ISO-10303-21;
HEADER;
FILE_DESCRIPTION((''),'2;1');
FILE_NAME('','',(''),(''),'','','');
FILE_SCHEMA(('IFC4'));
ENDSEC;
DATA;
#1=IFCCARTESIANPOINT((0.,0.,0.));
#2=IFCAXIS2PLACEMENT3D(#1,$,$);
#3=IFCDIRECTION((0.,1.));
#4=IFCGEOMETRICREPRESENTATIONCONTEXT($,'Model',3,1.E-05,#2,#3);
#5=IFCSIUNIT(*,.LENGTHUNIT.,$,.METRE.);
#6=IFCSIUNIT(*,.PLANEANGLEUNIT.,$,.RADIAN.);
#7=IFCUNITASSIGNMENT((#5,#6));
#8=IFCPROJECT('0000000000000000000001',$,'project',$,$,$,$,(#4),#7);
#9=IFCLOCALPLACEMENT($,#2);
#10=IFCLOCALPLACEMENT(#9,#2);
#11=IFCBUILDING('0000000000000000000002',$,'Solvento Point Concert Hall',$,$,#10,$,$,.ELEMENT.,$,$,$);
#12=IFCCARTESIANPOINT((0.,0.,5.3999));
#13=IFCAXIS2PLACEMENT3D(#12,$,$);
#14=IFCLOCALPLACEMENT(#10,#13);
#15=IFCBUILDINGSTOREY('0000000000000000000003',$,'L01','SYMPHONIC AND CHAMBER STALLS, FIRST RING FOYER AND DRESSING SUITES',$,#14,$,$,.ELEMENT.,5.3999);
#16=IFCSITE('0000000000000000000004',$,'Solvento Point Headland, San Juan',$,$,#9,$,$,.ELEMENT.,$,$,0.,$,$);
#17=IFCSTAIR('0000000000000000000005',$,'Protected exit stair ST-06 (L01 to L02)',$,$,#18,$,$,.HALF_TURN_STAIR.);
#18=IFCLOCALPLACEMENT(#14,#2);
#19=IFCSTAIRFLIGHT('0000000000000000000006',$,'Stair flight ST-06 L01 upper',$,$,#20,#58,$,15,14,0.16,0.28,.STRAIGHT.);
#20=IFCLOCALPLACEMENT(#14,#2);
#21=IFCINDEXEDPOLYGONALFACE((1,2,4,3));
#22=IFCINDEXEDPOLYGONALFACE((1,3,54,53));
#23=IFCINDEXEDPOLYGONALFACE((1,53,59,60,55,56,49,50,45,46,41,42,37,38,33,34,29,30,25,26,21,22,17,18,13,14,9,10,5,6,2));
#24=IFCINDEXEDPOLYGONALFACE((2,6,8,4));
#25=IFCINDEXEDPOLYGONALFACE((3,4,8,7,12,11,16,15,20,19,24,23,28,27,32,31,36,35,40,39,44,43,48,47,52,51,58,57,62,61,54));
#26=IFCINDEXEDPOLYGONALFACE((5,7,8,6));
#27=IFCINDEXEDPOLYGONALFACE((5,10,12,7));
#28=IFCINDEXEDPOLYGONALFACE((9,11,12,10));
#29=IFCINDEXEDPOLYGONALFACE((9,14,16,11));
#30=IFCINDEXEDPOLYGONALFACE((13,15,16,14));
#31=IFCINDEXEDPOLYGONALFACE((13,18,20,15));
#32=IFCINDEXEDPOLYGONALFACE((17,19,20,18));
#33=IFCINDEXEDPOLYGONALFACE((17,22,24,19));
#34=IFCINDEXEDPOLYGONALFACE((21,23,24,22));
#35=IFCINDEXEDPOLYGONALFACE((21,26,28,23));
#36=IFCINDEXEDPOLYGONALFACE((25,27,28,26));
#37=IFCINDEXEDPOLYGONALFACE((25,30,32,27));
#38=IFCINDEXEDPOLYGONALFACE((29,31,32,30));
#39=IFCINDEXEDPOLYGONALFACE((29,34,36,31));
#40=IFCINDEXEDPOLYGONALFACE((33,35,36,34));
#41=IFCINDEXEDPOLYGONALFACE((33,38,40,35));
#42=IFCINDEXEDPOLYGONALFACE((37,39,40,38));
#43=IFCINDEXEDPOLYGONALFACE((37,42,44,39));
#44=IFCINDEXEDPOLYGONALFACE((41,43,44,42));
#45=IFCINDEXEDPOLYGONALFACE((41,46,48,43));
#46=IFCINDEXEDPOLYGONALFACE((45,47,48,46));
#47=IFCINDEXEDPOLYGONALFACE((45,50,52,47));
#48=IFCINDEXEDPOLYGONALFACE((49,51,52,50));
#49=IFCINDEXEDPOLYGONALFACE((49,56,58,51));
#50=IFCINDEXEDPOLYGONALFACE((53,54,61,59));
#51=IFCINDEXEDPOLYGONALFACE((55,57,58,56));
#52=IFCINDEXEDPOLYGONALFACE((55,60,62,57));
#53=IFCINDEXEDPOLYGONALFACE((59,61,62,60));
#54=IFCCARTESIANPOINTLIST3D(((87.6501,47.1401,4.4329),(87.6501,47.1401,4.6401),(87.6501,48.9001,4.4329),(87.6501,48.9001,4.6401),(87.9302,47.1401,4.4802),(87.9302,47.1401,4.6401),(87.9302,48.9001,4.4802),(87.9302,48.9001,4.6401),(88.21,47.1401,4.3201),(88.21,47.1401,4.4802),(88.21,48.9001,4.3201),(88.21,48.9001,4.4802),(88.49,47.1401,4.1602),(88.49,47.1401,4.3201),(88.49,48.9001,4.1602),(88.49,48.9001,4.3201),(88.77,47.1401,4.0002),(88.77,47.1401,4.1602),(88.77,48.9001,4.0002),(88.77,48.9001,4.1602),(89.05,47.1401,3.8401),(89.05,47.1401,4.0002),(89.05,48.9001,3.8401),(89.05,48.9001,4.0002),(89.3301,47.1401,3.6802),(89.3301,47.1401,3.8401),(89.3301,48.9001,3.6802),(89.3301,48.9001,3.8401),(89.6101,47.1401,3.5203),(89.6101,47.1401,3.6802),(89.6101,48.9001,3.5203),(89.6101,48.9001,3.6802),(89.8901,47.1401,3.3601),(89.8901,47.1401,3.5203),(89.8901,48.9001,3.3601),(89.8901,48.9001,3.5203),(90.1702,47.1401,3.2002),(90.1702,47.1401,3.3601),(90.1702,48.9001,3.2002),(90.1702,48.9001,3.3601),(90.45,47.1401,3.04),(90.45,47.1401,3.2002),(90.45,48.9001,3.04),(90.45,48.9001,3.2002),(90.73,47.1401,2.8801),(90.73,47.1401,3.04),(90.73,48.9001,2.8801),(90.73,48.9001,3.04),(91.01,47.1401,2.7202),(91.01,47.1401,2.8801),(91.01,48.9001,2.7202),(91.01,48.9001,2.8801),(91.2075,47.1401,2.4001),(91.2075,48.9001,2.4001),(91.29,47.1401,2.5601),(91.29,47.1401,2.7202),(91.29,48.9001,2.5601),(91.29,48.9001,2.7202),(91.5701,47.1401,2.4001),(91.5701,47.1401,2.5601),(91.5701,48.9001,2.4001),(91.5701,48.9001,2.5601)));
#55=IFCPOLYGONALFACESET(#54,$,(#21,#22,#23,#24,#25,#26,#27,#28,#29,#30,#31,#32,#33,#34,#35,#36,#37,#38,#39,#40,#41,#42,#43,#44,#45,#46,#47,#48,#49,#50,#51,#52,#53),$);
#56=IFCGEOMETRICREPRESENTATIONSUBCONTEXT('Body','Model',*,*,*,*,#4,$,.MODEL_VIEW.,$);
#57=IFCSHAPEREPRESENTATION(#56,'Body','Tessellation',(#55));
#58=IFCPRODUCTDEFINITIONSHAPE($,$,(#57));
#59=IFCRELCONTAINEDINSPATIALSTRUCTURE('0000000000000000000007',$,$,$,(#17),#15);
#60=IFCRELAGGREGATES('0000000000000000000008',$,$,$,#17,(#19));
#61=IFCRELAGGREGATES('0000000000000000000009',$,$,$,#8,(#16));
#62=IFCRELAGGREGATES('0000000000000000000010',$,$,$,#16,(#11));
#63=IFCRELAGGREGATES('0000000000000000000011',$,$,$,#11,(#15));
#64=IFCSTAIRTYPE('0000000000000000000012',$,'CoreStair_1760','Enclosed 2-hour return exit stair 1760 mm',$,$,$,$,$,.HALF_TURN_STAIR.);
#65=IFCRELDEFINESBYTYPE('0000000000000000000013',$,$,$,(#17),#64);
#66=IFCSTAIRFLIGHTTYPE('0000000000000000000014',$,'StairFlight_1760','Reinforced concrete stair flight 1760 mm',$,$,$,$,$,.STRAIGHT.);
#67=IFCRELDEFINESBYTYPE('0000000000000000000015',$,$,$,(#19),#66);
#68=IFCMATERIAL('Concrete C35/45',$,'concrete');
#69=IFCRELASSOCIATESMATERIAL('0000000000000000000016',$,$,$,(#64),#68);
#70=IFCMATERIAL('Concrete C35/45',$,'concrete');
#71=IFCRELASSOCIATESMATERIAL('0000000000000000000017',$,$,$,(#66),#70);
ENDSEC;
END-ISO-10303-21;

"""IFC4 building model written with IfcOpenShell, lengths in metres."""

from ifc_helpers import new_model, si_unit, direction, frame, origin, place, context, subcontext, project, spatial, polyline, outline, extrude, material, type_object, element, aggregate, save


model = new_model("IFC4")

# Units and contexts
model_context = context("Model", 3, precision=1e-05, world=origin(), true_north=direction((0.0, 1.0)))
body_context = subcontext(model_context, "Body", "Model", "MODEL_VIEW")
ifc_project = project(units=[si_unit("LENGTHUNIT", "METRE"), si_unit("PLANEANGLEUNIT", "RADIAN")], contexts=[model_context])

# Site, building, storey
site_placement = place(None, origin())
site = spatial("IfcSite", under=ifc_project, at=site_placement, Name="Solvento Point Headland, San Juan", CompositionType="ELEMENT", RefElevation=0.0)
building_placement = place(site_placement, origin())
building = spatial("IfcBuilding", under=site, at=building_placement, Name="Solvento Point Concert Hall", CompositionType="ELEMENT")
storey_placement = place(building_placement, frame((0.0, 0.0, 5.3999)))
storey = spatial("IfcBuildingStorey", under=building, at=storey_placement, Name="L01", Description="SYMPHONIC AND CHAMBER STALLS, FIRST RING FOYER AND DRESSING SUITES", CompositionType="ELEMENT", Elevation=5.3999)

# Stair, stair flight
ifc_material_1 = material(Name="Concrete C35/45", Category="concrete")
stair_type_1 = type_object("IfcStairType", Name="CoreStair_1760", Description="Enclosed 2-hour return exit stair 1760 mm", PredefinedType="HALF_TURN_STAIR", material=ifc_material_1)
stair_1_placement = place(storey_placement, origin())
stair_1 = element("IfcStair", 1, at=stair_1_placement, inside=storey, type_object=stair_type_1, Name="Protected exit stair ST-06 (L01 to L02)", PredefinedType="HALF_TURN_STAIR")
ifc_material_2 = material(Name="Concrete C35/45", Category="concrete")
stair_flight_type_1 = type_object("IfcStairFlightType", Name="StairFlight_1760", Description="Reinforced concrete stair flight 1760 mm", PredefinedType="STRAIGHT", material=ifc_material_2)
stair_flight_1_placement = place(storey_placement, frame((91.5701, 48.02, 2.4001), z_axis=(0.0, 0.0, 1.0), x_axis=(-1.0, 0.0, 0.0)))
stair_flight_1 = element("IfcStairFlight", 2, at=stair_flight_1_placement, type_object=stair_flight_type_1, Name="Stair flight ST-06 L01 upper", NumberOfRisers=15, NumberOfTreads=14, PredefinedType="STRAIGHT", RiserHeight=0.16, TreadLength=0.28, context=body_context, shape_type="SweptSolid", body=[
    extrude(outline(polyline([(0.0, 0.0), (0.0, 0.1599), (0.28, 0.1599), (0.28, 0.3201), (0.5601, 0.3201), (0.5601, 0.48), (0.8401, 0.48), (0.8401, 0.6399), (1.1201, 0.6399), (1.1201, 0.8), (1.3999, 0.8), (1.3999, 0.96), (1.6799, 0.96), (1.6799, 1.1201), (1.96, 1.1201), (1.96, 1.28), (2.24, 1.28), (2.24, 1.4399), (2.52, 1.4399), (2.52, 1.6001), (2.8, 1.6001), (2.8, 1.76), (3.0801, 1.76), (3.0801, 1.9199), (3.3601, 1.9199), (3.3601, 2.0801), (3.6399, 2.0801), (3.6399, 2.24), (3.9199, 2.24), (3.9199, 2.3999), (3.9199, 2.0327), (0.3625, 0.0), (0.0, 0.0)])), frame((0.0, 0.8799, 0.0), z_axis=(0.0, -1.0, 0.0), x_axis=(1.0, 0.0, 0.0)), (0.0, 0.0, 1.0), 1.76),
])
aggregate(stair_1, [stair_flight_1])

save(model, "model.ifc")
